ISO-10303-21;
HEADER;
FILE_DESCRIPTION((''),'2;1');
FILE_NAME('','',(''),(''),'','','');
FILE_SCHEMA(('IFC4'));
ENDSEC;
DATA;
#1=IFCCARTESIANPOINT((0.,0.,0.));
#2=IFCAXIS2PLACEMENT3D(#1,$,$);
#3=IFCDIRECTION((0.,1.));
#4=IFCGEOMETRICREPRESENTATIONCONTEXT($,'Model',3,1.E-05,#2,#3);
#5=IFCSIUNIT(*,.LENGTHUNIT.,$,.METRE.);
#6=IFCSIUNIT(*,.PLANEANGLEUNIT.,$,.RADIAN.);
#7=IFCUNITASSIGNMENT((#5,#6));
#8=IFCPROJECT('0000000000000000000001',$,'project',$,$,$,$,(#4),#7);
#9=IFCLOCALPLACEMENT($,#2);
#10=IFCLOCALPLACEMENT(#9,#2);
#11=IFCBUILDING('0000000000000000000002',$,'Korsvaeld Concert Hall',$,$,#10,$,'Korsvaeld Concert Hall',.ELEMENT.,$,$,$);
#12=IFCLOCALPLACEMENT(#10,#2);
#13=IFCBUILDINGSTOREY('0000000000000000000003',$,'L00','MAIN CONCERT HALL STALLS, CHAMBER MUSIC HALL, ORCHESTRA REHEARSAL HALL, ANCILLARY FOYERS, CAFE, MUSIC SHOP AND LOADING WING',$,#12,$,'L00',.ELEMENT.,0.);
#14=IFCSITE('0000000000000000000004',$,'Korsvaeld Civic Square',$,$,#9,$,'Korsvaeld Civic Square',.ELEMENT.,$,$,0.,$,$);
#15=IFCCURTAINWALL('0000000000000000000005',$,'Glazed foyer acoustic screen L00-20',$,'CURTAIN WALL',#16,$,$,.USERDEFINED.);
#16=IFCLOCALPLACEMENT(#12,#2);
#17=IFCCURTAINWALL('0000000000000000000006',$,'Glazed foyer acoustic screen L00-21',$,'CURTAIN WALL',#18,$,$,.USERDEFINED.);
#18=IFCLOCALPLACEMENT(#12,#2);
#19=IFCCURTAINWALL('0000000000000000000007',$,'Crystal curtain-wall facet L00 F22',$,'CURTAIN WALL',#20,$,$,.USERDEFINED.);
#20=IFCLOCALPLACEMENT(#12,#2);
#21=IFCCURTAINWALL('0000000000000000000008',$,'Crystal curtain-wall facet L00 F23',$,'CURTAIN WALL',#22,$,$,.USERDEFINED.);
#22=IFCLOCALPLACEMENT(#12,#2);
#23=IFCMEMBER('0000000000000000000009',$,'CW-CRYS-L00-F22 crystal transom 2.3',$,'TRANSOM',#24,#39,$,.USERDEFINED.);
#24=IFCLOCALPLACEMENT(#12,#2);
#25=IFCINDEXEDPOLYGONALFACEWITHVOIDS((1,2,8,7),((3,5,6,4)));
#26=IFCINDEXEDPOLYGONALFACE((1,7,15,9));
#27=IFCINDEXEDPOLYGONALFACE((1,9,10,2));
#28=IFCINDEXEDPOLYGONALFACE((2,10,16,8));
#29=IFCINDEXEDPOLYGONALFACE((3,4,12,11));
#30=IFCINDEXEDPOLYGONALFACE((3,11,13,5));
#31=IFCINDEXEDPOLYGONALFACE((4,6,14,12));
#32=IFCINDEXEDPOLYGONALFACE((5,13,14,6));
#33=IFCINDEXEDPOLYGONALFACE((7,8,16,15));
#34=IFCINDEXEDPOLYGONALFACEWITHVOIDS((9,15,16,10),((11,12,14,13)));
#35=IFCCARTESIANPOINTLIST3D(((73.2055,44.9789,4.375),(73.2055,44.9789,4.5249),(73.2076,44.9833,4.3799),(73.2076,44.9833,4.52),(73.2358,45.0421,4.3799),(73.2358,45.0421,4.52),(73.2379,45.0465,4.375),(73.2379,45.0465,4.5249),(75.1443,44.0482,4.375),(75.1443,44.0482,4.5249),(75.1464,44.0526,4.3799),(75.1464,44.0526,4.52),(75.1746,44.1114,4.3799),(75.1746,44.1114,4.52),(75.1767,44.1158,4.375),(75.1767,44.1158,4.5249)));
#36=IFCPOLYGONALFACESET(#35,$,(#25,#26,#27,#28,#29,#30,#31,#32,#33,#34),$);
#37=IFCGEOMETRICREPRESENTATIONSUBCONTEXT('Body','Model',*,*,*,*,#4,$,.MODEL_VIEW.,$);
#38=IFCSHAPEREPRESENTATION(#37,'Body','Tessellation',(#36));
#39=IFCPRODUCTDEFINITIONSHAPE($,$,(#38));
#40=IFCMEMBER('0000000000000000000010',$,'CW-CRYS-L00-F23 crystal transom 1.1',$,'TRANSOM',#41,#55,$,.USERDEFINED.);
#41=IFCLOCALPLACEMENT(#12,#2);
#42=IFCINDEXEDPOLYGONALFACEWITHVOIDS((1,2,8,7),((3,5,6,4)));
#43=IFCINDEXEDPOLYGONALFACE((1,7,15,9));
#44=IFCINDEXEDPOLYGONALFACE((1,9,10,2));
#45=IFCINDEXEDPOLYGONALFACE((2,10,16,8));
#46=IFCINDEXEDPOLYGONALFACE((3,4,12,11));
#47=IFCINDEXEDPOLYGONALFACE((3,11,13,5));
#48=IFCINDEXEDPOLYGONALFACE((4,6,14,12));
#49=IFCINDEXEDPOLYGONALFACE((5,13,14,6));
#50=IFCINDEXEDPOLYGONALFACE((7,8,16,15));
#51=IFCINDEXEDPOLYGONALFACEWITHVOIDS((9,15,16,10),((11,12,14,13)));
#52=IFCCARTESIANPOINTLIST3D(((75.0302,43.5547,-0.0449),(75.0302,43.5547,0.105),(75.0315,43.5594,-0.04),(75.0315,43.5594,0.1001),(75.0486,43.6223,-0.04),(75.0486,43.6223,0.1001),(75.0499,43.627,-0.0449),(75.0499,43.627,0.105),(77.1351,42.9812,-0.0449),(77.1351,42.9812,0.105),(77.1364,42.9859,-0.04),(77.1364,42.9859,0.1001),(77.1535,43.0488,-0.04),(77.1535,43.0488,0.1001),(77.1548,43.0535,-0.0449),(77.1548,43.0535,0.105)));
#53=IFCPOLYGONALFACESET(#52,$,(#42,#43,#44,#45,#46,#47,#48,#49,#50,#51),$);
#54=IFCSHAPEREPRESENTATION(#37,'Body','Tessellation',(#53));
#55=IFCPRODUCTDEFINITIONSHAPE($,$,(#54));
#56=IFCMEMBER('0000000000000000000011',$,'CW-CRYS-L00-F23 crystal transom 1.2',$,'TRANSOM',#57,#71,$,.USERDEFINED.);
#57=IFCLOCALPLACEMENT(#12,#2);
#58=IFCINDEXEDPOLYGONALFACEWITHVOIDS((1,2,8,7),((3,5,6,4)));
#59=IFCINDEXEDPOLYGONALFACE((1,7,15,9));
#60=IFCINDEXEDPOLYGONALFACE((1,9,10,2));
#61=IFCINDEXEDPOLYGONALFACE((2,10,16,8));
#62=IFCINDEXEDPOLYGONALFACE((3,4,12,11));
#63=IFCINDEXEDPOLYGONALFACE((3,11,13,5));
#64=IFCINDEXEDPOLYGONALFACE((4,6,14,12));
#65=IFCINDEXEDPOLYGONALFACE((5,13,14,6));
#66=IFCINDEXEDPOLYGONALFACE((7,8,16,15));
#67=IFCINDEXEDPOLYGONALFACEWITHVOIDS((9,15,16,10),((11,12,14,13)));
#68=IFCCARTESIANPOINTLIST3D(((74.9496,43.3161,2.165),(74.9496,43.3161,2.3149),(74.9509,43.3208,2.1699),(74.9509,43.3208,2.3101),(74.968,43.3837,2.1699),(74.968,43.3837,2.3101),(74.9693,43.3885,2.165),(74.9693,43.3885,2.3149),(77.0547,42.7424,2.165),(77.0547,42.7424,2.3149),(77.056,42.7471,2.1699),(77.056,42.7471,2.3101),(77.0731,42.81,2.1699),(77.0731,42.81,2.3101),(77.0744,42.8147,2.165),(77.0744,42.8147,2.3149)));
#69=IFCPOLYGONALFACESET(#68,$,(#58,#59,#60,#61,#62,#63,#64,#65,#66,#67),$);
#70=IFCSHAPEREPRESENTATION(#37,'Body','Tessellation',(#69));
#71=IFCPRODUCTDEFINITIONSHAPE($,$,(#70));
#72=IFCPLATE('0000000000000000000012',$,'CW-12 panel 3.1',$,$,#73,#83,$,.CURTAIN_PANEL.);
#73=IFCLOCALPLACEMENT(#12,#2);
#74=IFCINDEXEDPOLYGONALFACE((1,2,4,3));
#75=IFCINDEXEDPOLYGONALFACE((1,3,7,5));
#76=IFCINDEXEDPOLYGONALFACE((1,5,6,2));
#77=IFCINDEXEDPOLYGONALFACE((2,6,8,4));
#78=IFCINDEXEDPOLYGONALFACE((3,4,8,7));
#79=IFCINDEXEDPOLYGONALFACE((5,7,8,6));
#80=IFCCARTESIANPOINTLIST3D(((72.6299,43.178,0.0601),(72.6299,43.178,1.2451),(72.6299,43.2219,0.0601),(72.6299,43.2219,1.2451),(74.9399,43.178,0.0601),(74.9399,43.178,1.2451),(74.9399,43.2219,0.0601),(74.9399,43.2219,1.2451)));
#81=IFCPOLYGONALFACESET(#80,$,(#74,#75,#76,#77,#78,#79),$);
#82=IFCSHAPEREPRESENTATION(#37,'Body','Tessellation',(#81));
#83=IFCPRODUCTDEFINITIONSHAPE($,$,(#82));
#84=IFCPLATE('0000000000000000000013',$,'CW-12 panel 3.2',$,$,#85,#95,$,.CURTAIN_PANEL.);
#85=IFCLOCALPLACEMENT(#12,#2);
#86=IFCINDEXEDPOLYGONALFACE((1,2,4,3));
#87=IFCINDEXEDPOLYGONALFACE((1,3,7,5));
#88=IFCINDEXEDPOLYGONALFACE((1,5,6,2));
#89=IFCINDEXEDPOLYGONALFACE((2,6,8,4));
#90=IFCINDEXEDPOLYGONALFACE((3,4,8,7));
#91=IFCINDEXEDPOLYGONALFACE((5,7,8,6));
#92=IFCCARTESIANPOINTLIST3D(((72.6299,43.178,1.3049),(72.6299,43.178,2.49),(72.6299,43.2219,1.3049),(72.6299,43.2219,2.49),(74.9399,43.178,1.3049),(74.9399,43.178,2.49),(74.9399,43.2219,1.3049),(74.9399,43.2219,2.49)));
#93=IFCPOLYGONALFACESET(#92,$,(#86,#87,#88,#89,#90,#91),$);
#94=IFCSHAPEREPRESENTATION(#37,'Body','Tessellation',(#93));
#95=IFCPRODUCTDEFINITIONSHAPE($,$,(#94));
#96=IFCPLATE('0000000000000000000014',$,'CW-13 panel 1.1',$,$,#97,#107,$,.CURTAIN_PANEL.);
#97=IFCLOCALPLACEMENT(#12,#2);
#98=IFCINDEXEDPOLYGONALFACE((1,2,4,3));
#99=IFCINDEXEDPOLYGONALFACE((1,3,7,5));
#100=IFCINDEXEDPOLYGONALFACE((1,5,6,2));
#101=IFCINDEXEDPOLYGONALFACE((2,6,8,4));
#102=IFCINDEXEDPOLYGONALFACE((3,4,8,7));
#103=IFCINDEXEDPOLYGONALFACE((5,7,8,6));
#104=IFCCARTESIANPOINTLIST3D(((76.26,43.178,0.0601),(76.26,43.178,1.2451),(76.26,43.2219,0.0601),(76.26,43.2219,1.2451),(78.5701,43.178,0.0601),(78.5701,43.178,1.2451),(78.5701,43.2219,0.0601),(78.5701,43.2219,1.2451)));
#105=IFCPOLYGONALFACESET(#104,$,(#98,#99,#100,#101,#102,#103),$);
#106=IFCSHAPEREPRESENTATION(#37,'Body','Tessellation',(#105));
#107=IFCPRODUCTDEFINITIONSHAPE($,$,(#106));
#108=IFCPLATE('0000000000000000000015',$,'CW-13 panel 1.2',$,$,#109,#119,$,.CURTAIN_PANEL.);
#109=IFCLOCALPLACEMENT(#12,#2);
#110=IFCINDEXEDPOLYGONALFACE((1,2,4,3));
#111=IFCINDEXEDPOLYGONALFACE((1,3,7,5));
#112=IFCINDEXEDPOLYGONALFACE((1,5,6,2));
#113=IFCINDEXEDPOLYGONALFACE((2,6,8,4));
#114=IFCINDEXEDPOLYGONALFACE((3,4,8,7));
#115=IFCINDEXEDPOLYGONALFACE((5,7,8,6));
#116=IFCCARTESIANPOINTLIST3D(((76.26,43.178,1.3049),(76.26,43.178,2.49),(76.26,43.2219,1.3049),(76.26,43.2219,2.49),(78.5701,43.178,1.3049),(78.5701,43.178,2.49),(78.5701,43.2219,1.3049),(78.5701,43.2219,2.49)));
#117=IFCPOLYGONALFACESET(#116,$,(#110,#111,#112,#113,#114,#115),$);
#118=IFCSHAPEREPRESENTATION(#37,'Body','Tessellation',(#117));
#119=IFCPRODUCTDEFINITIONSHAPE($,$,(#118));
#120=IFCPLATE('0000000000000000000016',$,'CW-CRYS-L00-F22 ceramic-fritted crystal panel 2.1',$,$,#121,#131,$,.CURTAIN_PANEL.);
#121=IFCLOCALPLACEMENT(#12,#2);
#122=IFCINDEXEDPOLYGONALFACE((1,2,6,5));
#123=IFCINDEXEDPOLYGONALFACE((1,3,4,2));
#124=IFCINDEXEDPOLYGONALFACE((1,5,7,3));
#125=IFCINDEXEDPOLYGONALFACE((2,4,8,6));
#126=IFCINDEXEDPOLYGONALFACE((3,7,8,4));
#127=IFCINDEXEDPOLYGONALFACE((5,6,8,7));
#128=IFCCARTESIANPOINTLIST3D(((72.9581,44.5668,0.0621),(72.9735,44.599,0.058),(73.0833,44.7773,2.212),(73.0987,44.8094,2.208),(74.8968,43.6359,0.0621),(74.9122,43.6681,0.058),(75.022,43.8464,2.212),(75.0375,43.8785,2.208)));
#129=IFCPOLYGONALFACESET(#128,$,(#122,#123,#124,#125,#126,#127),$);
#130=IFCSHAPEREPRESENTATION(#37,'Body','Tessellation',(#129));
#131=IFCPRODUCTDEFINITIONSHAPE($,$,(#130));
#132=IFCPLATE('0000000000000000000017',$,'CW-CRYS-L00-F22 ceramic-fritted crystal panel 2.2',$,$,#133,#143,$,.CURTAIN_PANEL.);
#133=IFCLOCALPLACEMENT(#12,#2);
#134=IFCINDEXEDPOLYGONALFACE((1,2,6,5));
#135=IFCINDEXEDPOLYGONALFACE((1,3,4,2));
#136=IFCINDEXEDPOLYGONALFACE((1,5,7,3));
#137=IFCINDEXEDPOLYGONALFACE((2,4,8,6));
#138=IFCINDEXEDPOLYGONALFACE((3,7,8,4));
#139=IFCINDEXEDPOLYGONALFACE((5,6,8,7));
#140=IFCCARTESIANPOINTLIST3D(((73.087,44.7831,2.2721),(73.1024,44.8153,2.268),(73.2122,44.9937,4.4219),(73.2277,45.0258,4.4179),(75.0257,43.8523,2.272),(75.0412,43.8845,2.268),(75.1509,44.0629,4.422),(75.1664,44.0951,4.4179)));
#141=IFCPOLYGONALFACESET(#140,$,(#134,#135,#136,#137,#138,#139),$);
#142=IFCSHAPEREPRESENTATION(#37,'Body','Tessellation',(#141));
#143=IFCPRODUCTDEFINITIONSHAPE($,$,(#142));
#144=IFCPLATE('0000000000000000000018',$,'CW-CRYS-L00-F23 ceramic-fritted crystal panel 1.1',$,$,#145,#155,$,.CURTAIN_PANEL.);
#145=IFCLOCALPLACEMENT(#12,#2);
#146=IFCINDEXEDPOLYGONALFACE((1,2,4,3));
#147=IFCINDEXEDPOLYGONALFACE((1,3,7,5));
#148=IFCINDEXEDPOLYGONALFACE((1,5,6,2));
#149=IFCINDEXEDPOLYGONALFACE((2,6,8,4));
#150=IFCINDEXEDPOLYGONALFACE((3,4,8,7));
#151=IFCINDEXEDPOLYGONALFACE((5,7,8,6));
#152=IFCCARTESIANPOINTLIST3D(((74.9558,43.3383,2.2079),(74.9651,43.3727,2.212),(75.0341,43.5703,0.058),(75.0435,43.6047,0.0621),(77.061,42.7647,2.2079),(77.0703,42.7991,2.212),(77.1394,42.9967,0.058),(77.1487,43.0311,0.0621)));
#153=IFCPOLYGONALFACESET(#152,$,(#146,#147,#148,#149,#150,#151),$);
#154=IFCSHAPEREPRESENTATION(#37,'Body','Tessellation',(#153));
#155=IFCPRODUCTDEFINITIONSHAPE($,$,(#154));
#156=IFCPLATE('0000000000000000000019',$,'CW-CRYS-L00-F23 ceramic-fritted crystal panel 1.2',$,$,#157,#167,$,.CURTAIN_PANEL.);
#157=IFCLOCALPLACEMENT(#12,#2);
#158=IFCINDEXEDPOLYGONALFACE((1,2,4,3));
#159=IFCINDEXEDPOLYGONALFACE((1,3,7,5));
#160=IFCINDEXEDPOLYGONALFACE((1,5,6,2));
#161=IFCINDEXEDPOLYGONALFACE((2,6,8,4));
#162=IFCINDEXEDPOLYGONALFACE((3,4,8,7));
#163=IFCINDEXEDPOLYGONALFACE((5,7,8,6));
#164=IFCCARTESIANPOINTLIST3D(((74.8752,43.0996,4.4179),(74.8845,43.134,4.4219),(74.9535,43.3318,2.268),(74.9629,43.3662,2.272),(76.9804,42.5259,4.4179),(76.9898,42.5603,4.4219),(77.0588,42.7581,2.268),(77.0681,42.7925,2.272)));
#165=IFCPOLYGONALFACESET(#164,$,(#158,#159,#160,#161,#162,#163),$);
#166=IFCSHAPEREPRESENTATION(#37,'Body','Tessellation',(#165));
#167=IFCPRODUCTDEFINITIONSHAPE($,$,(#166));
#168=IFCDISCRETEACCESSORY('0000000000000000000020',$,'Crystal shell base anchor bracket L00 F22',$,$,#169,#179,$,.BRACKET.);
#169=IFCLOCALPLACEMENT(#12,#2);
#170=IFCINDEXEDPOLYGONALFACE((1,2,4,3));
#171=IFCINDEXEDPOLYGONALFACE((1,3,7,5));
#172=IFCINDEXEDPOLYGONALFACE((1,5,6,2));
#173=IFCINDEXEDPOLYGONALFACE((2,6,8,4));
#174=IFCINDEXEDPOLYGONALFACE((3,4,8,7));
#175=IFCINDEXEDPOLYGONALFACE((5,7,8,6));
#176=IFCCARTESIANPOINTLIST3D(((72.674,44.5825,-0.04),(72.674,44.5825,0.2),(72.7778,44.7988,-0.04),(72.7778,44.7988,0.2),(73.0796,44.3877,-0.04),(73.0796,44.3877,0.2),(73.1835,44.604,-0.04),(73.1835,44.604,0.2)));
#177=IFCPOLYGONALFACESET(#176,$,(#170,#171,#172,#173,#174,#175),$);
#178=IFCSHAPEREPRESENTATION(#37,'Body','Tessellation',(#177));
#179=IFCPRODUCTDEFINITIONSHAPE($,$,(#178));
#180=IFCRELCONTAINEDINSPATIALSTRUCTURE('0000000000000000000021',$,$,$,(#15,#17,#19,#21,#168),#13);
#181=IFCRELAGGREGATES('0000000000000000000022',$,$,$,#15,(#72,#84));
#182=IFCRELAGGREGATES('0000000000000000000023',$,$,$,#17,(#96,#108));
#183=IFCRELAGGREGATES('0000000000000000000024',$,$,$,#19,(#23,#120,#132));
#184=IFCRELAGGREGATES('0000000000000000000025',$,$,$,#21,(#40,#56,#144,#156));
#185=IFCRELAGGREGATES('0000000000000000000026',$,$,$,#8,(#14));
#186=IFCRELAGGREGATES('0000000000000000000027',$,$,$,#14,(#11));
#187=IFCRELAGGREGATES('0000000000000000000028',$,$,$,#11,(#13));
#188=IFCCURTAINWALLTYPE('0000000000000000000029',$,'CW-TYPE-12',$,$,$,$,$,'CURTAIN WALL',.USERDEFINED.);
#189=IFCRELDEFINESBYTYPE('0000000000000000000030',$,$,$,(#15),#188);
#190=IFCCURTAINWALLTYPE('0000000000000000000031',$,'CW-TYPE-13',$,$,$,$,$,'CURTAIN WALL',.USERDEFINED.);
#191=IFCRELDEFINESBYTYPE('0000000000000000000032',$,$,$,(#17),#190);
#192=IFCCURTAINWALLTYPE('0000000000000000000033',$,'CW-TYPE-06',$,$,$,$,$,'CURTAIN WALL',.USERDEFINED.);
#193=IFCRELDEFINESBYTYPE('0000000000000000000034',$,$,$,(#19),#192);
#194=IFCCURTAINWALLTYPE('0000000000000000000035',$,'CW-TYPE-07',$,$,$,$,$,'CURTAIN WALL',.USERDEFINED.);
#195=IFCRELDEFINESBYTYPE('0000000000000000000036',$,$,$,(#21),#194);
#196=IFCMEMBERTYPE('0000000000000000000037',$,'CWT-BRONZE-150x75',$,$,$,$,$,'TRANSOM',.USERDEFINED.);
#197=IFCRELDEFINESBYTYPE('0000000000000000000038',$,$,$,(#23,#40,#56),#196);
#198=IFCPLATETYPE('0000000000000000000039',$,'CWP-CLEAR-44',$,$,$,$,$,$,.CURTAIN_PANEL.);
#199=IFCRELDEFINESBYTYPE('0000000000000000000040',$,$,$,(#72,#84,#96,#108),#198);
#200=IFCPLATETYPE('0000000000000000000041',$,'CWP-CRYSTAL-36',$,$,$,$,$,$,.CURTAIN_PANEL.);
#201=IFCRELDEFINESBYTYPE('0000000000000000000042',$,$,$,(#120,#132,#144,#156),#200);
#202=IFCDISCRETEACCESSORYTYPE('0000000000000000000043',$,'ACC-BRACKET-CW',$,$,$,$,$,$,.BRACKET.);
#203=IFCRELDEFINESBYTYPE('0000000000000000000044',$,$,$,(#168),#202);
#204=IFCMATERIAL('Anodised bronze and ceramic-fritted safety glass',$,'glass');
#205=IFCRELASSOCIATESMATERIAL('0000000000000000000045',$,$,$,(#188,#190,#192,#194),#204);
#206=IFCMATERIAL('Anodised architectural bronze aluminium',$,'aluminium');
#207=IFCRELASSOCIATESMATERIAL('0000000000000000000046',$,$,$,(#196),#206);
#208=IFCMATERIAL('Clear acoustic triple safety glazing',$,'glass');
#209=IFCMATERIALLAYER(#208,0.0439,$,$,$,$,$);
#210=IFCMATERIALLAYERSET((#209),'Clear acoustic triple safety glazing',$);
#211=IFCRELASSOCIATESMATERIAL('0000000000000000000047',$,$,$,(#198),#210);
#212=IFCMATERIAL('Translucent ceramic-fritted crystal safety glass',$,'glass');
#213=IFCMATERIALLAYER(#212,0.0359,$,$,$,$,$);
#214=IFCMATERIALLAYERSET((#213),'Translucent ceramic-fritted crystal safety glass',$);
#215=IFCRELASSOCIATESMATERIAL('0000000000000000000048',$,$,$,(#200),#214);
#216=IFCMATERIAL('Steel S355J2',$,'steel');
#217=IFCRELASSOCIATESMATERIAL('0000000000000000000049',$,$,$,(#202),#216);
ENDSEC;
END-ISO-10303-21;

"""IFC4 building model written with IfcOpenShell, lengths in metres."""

from ifc_helpers import new_model, si_unit, direction, frame, origin, origin_2d, place, context, subcontext, project, spatial, polyline, rectangle, hollow_rectangle, outline, extrude, material, layer, layer_set, material_profile, profile_set, type_object, element, aggregate, save


model = new_model("IFC4")

# Units and contexts
model_context = context("Model", 3, precision=1e-05, world=origin(), true_north=direction((0.0, 1.0)))
body_context = subcontext(model_context, "Body", "Model", "MODEL_VIEW")
ifc_project = project(units=[si_unit("LENGTHUNIT", "METRE"), si_unit("PLANEANGLEUNIT", "RADIAN")], contexts=[model_context])

# Site, building, storey
site_placement = place(None, origin())
site = spatial("IfcSite", under=ifc_project, at=site_placement, Name="Korsvaeld Civic Square", LongName="Korsvaeld Civic Square", CompositionType="ELEMENT", RefElevation=0.0)
building_placement = place(site_placement, origin())
building = spatial("IfcBuilding", under=site, at=building_placement, Name="Korsvaeld Concert Hall", LongName="Korsvaeld Concert Hall", CompositionType="ELEMENT")
storey_placement = place(building_placement, origin())
storey = spatial("IfcBuildingStorey", under=building, at=storey_placement, Name="L00", Description="MAIN CONCERT HALL STALLS, CHAMBER MUSIC HALL, ORCHESTRA REHEARSAL HALL, ANCILLARY FOYERS, CAFE, MUSIC SHOP AND LOADING WING", LongName="L00", CompositionType="ELEMENT", Elevation=0.0)

# Curtain walls
ifc_material_1 = material(Name="Anodised bronze and ceramic-fritted safety glass", Category="glass")
curtain_wall_type_1 = type_object("IfcCurtainWallType", Name="CW-TYPE-12", ElementType="CURTAIN WALL", PredefinedType="USERDEFINED", material=ifc_material_1)
curtain_wall_1_placement = place(storey_placement, origin())
curtain_wall_1 = element("IfcCurtainWall", 1, at=curtain_wall_1_placement, inside=storey, type_object=curtain_wall_type_1, Name="Glazed foyer acoustic screen L00-20", ObjectType="CURTAIN WALL", PredefinedType="USERDEFINED")
ifc_material_2 = material(Name="Anodised architectural bronze aluminium", Category="aluminium")
curtain_wall_type_2 = type_object("IfcCurtainWallType", Name="CW-TYPE-13", ElementType="CURTAIN WALL", PredefinedType="USERDEFINED", material=ifc_material_1)
curtain_wall_2_placement = place(storey_placement, origin())
curtain_wall_2 = element("IfcCurtainWall", 2, at=curtain_wall_2_placement, inside=storey, type_object=curtain_wall_type_2, Name="Glazed foyer acoustic screen L00-21", ObjectType="CURTAIN WALL", PredefinedType="USERDEFINED")
curtain_wall_type_3 = type_object("IfcCurtainWallType", Name="CW-TYPE-06", ElementType="CURTAIN WALL", PredefinedType="USERDEFINED", material=ifc_material_1)
curtain_wall_3_placement = place(storey_placement, origin())
curtain_wall_3 = element("IfcCurtainWall", 3, at=curtain_wall_3_placement, inside=storey, type_object=curtain_wall_type_3, Name="Crystal curtain-wall facet L00 F22", ObjectType="CURTAIN WALL", PredefinedType="USERDEFINED")

# Curtain wall
curtain_wall_type_4 = type_object("IfcCurtainWallType", Name="CW-TYPE-07", ElementType="CURTAIN WALL", PredefinedType="USERDEFINED", material=ifc_material_1)
curtain_wall_4_placement = place(storey_placement, origin())
curtain_wall_4 = element("IfcCurtainWall", 4, at=curtain_wall_4_placement, inside=storey, type_object=curtain_wall_type_4, Name="Crystal curtain-wall facet L00 F23", ObjectType="CURTAIN WALL", PredefinedType="USERDEFINED")

# Members
ifc_material_profile_1 = material_profile(ifc_material_2, hollow_rectangle(XDim=0.075, YDim=0.1499, WallThickness=0.0049, at=origin_2d()), Name="CWT 150x75x5")
ifc_profile_set_1 = profile_set([ifc_material_profile_1], Name="Anodised architectural bronze aluminium")
member_type_1 = type_object("IfcMemberType", Name="CWT-BRONZE-150x75", ElementType="TRANSOM", PredefinedType="USERDEFINED", material=ifc_profile_set_1)
member_1_placement = place(storey_placement, frame((73.2217, 45.0127, 4.45), z_axis=(0.901509, -0.432761, 0.0), x_axis=(0.432761, 0.901509, 0.0)))
member_1 = element("IfcMember", 5, at=member_1_placement, type_object=member_type_1, Name="CW-CRYS-L00-F22 crystal transom 2.3", ObjectType="TRANSOM", PredefinedType="USERDEFINED", context=body_context, shape_type="SweptSolid", body=[
    extrude(hollow_rectangle(XDim=0.075, YDim=0.1499, WallThickness=0.0049, at=origin_2d()), origin(), (0.0, 0.0, 1.0), 2.1506),
])
member_2_placement = place(storey_placement, frame((75.04, 43.5908, 0.03), z_axis=(0.964834, -0.262862, 0.0), x_axis=(0.262862, 0.964834, 0.0)))
member_2 = element("IfcMember", 6, at=member_2_placement, type_object=member_type_1, Name="CW-CRYS-L00-F23 crystal transom 1.1", ObjectType="TRANSOM", PredefinedType="USERDEFINED", context=body_context, shape_type="SweptSolid", body=[
    extrude(hollow_rectangle(XDim=0.075, YDim=0.1499, WallThickness=0.0049, at=origin_2d()), origin(), (0.0, 0.0, 1.0), 2.1816),
])
member_3_placement = place(storey_placement, frame((74.9595, 43.3523, 2.24), z_axis=(0.964805, -0.262966, 0.0), x_axis=(0.262966, 0.964805, 0.0)))
member_3 = element("IfcMember", 7, at=member_3_placement, type_object=member_type_1, Name="CW-CRYS-L00-F23 crystal transom 1.2", ObjectType="TRANSOM", PredefinedType="USERDEFINED", context=body_context, shape_type="SweptSolid", body=[
    extrude(hollow_rectangle(XDim=0.075, YDim=0.1499, WallThickness=0.0049, at=origin_2d()), origin(), (0.0, 0.0, 1.0), 2.1819),
])

# Plates
ifc_material_3 = material(Name="Clear acoustic triple safety glazing", Category="glass")
ifc_layer_1 = layer(ifc_material_3, 0.0439)
ifc_layer_set_1 = layer_set([ifc_layer_1], Name="Clear acoustic triple safety glazing")
plate_type_1 = type_object("IfcPlateType", Name="CWP-CLEAR-44", PredefinedType="CURTAIN_PANEL", material=ifc_layer_set_1)
plate_1_placement = place(storey_placement, frame((73.7849, 43.2, 0.0601), z_axis=(0.0, 0.0, 1.0), x_axis=(1.0, 0.0, 0.0)))
plate_1 = element("IfcPlate", 8, at=plate_1_placement, type_object=plate_type_1, Name="CW-12 panel 3.1", PredefinedType="CURTAIN_PANEL", context=body_context, shape_type="SweptSolid", body=[
    extrude(rectangle(XDim=2.3101, YDim=0.0439, at=origin_2d()), origin(), (0.0, 0.0, 1.0), 1.1851),
])
plate_2_placement = place(storey_placement, frame((73.7849, 43.2, 1.3049), z_axis=(0.0, 0.0, 1.0), x_axis=(1.0, 0.0, 0.0)))
plate_2 = element("IfcPlate", 9, at=plate_2_placement, type_object=plate_type_1, Name="CW-12 panel 3.2", PredefinedType="CURTAIN_PANEL", context=body_context, shape_type="SweptSolid", body=[
    extrude(rectangle(XDim=2.3101, YDim=0.0439, at=origin_2d()), origin(), (0.0, 0.0, 1.0), 1.1851),
])
aggregate(curtain_wall_1, [plate_1, plate_2])
plate_3_placement = place(storey_placement, frame((77.415, 43.2, 0.0601), z_axis=(0.0, 0.0, 1.0), x_axis=(1.0, 0.0, 0.0)))
plate_3 = element("IfcPlate", 10, at=plate_3_placement, type_object=plate_type_1, Name="CW-13 panel 1.1", PredefinedType="CURTAIN_PANEL", context=body_context, shape_type="SweptSolid", body=[
    extrude(rectangle(XDim=2.3101, YDim=0.0439, at=origin_2d()), origin(), (0.0, 0.0, 1.0), 1.1851),
])
plate_4_placement = place(storey_placement, frame((77.415, 43.2, 1.3049), z_axis=(0.0, 0.0, 1.0), x_axis=(1.0, 0.0, 0.0)))
plate_4 = element("IfcPlate", 11, at=plate_4_placement, type_object=plate_type_1, Name="CW-13 panel 1.2", PredefinedType="CURTAIN_PANEL", context=body_context, shape_type="SweptSolid", body=[
    extrude(rectangle(XDim=2.3101, YDim=0.0439, at=origin_2d()), origin(), (0.0, 0.0, 1.0), 1.1851),
])
aggregate(curtain_wall_2, [plate_3, plate_4])
ifc_material_4 = material(Name="Translucent ceramic-fritted crystal safety glass", Category="glass")
ifc_layer_2 = layer(ifc_material_4, 0.0359)
ifc_layer_set_2 = layer_set([ifc_layer_2], Name="Translucent ceramic-fritted crystal safety glass")
plate_type_2 = type_object("IfcPlateType", Name="CWP-CRYSTAL-36", PredefinedType="CURTAIN_PANEL", material=ifc_layer_set_2)
plate_5_placement = place(storey_placement, frame((72.9658, 44.583, 0.0601), z_axis=(-0.430093, -0.895718, 0.112735), x_axis=(0.901465, -0.432853, 0.0)))
plate_5 = element("IfcPlate", 12, at=plate_5_placement, type_object=plate_type_2, Name="CW-CRYS-L00-F22 ceramic-fritted crystal panel 2.1", PredefinedType="CURTAIN_PANEL", context=body_context, shape_type="SweptSolid", body=[
    extrude(outline(polyline([(0.0, 0.0), (2.1506, 0.0), (2.1724, 2.1637), (0.0218, 2.1637), (0.0, 0.0)])), frame((0.0, 0.0, 0.0181)), (0.0, 0.0, -1.0), 0.0359),
])
plate_6_placement = place(storey_placement, frame((73.0947, 44.7993, 2.27), z_axis=(-0.430045, -0.895735, 0.112785), x_axis=(0.901486, -0.432807, -0.000006)))
plate_6 = element("IfcPlate", 13, at=plate_6_placement, type_object=plate_type_2, Name="CW-CRYS-L00-F22 ceramic-fritted crystal panel 2.2", PredefinedType="CURTAIN_PANEL", context=body_context, shape_type="SweptSolid", body=[
    extrude(outline(polyline([(0.0, 0.0), (2.1506, 0.0), (2.1723, 2.1637), (0.0218, 2.1637), (0.0, 0.0)])), frame((0.0, 0.0, 0.0181)), (0.0, 0.0, -1.0), 0.0359),
])
aggregate(curtain_wall_3, [member_1, plate_5, plate_6])
plate_7_placement = place(storey_placement, frame((75.0388, 43.5876, 0.0601), z_axis=(-0.261202, -0.958648, -0.112996), x_axis=(0.964827, -0.262886, 0.000006)))
plate_7 = element("IfcPlate", 14, at=plate_7_placement, type_object=plate_type_2, Name="CW-CRYS-L00-F23 ceramic-fritted crystal panel 1.1", PredefinedType="CURTAIN_PANEL", context=body_context, shape_type="SweptSolid", body=[
    extrude(outline(polyline([(0.0, 0.0), (2.182, 0.0), (2.1674, 2.1637), (-0.0146, 2.1638), (0.0, 0.0)])), frame((0.0, 0.0, 0.0181)), (0.0, 0.0, -1.0), 0.0359),
])
plate_8_placement = place(storey_placement, frame((74.9583, 43.3491, 2.27), z_axis=(-0.261252, -0.958628, -0.11305), x_axis=(0.964813, -0.262938, 0.0)))
plate_8 = element("IfcPlate", 15, at=plate_8_placement, type_object=plate_type_2, Name="CW-CRYS-L00-F23 ceramic-fritted crystal panel 1.2", PredefinedType="CURTAIN_PANEL", context=body_context, shape_type="SweptSolid", body=[
    extrude(outline(polyline([(0.0, 0.0), (2.182, 0.0), (2.1674, 2.1638), (-0.0146, 2.1638), (0.0, 0.0)])), frame((0.0, 0.0, 0.0181)), (0.0, 0.0, -1.0), 0.0359),
])
aggregate(curtain_wall_4, [member_2, member_3, plate_7, plate_8])

# Discrete accessory
ifc_material_5 = material(Name="Steel S355J2", Category="steel")
discrete_accessory_type = type_object("IfcDiscreteAccessoryType", Name="ACC-BRACKET-CW", PredefinedType="BRACKET", material=ifc_material_5)
discrete_accessory_placement = place(storey_placement, frame((72.9287, 44.5933, -0.04), z_axis=(0.0, 0.0, 1.0), x_axis=(0.901455, -0.432873, 0.0)))
element("IfcDiscreteAccessory", 16, at=discrete_accessory_placement, inside=storey, type_object=discrete_accessory_type, Name="Crystal shell base anchor bracket L00 F22", PredefinedType="BRACKET", context=body_context, shape_type="SweptSolid", body=[
    extrude(rectangle(XDim=0.45, YDim=0.24, at=origin_2d()), origin(), (0.0, 0.0, 1.0), 0.24),
])

save(model, "model.ifc")
